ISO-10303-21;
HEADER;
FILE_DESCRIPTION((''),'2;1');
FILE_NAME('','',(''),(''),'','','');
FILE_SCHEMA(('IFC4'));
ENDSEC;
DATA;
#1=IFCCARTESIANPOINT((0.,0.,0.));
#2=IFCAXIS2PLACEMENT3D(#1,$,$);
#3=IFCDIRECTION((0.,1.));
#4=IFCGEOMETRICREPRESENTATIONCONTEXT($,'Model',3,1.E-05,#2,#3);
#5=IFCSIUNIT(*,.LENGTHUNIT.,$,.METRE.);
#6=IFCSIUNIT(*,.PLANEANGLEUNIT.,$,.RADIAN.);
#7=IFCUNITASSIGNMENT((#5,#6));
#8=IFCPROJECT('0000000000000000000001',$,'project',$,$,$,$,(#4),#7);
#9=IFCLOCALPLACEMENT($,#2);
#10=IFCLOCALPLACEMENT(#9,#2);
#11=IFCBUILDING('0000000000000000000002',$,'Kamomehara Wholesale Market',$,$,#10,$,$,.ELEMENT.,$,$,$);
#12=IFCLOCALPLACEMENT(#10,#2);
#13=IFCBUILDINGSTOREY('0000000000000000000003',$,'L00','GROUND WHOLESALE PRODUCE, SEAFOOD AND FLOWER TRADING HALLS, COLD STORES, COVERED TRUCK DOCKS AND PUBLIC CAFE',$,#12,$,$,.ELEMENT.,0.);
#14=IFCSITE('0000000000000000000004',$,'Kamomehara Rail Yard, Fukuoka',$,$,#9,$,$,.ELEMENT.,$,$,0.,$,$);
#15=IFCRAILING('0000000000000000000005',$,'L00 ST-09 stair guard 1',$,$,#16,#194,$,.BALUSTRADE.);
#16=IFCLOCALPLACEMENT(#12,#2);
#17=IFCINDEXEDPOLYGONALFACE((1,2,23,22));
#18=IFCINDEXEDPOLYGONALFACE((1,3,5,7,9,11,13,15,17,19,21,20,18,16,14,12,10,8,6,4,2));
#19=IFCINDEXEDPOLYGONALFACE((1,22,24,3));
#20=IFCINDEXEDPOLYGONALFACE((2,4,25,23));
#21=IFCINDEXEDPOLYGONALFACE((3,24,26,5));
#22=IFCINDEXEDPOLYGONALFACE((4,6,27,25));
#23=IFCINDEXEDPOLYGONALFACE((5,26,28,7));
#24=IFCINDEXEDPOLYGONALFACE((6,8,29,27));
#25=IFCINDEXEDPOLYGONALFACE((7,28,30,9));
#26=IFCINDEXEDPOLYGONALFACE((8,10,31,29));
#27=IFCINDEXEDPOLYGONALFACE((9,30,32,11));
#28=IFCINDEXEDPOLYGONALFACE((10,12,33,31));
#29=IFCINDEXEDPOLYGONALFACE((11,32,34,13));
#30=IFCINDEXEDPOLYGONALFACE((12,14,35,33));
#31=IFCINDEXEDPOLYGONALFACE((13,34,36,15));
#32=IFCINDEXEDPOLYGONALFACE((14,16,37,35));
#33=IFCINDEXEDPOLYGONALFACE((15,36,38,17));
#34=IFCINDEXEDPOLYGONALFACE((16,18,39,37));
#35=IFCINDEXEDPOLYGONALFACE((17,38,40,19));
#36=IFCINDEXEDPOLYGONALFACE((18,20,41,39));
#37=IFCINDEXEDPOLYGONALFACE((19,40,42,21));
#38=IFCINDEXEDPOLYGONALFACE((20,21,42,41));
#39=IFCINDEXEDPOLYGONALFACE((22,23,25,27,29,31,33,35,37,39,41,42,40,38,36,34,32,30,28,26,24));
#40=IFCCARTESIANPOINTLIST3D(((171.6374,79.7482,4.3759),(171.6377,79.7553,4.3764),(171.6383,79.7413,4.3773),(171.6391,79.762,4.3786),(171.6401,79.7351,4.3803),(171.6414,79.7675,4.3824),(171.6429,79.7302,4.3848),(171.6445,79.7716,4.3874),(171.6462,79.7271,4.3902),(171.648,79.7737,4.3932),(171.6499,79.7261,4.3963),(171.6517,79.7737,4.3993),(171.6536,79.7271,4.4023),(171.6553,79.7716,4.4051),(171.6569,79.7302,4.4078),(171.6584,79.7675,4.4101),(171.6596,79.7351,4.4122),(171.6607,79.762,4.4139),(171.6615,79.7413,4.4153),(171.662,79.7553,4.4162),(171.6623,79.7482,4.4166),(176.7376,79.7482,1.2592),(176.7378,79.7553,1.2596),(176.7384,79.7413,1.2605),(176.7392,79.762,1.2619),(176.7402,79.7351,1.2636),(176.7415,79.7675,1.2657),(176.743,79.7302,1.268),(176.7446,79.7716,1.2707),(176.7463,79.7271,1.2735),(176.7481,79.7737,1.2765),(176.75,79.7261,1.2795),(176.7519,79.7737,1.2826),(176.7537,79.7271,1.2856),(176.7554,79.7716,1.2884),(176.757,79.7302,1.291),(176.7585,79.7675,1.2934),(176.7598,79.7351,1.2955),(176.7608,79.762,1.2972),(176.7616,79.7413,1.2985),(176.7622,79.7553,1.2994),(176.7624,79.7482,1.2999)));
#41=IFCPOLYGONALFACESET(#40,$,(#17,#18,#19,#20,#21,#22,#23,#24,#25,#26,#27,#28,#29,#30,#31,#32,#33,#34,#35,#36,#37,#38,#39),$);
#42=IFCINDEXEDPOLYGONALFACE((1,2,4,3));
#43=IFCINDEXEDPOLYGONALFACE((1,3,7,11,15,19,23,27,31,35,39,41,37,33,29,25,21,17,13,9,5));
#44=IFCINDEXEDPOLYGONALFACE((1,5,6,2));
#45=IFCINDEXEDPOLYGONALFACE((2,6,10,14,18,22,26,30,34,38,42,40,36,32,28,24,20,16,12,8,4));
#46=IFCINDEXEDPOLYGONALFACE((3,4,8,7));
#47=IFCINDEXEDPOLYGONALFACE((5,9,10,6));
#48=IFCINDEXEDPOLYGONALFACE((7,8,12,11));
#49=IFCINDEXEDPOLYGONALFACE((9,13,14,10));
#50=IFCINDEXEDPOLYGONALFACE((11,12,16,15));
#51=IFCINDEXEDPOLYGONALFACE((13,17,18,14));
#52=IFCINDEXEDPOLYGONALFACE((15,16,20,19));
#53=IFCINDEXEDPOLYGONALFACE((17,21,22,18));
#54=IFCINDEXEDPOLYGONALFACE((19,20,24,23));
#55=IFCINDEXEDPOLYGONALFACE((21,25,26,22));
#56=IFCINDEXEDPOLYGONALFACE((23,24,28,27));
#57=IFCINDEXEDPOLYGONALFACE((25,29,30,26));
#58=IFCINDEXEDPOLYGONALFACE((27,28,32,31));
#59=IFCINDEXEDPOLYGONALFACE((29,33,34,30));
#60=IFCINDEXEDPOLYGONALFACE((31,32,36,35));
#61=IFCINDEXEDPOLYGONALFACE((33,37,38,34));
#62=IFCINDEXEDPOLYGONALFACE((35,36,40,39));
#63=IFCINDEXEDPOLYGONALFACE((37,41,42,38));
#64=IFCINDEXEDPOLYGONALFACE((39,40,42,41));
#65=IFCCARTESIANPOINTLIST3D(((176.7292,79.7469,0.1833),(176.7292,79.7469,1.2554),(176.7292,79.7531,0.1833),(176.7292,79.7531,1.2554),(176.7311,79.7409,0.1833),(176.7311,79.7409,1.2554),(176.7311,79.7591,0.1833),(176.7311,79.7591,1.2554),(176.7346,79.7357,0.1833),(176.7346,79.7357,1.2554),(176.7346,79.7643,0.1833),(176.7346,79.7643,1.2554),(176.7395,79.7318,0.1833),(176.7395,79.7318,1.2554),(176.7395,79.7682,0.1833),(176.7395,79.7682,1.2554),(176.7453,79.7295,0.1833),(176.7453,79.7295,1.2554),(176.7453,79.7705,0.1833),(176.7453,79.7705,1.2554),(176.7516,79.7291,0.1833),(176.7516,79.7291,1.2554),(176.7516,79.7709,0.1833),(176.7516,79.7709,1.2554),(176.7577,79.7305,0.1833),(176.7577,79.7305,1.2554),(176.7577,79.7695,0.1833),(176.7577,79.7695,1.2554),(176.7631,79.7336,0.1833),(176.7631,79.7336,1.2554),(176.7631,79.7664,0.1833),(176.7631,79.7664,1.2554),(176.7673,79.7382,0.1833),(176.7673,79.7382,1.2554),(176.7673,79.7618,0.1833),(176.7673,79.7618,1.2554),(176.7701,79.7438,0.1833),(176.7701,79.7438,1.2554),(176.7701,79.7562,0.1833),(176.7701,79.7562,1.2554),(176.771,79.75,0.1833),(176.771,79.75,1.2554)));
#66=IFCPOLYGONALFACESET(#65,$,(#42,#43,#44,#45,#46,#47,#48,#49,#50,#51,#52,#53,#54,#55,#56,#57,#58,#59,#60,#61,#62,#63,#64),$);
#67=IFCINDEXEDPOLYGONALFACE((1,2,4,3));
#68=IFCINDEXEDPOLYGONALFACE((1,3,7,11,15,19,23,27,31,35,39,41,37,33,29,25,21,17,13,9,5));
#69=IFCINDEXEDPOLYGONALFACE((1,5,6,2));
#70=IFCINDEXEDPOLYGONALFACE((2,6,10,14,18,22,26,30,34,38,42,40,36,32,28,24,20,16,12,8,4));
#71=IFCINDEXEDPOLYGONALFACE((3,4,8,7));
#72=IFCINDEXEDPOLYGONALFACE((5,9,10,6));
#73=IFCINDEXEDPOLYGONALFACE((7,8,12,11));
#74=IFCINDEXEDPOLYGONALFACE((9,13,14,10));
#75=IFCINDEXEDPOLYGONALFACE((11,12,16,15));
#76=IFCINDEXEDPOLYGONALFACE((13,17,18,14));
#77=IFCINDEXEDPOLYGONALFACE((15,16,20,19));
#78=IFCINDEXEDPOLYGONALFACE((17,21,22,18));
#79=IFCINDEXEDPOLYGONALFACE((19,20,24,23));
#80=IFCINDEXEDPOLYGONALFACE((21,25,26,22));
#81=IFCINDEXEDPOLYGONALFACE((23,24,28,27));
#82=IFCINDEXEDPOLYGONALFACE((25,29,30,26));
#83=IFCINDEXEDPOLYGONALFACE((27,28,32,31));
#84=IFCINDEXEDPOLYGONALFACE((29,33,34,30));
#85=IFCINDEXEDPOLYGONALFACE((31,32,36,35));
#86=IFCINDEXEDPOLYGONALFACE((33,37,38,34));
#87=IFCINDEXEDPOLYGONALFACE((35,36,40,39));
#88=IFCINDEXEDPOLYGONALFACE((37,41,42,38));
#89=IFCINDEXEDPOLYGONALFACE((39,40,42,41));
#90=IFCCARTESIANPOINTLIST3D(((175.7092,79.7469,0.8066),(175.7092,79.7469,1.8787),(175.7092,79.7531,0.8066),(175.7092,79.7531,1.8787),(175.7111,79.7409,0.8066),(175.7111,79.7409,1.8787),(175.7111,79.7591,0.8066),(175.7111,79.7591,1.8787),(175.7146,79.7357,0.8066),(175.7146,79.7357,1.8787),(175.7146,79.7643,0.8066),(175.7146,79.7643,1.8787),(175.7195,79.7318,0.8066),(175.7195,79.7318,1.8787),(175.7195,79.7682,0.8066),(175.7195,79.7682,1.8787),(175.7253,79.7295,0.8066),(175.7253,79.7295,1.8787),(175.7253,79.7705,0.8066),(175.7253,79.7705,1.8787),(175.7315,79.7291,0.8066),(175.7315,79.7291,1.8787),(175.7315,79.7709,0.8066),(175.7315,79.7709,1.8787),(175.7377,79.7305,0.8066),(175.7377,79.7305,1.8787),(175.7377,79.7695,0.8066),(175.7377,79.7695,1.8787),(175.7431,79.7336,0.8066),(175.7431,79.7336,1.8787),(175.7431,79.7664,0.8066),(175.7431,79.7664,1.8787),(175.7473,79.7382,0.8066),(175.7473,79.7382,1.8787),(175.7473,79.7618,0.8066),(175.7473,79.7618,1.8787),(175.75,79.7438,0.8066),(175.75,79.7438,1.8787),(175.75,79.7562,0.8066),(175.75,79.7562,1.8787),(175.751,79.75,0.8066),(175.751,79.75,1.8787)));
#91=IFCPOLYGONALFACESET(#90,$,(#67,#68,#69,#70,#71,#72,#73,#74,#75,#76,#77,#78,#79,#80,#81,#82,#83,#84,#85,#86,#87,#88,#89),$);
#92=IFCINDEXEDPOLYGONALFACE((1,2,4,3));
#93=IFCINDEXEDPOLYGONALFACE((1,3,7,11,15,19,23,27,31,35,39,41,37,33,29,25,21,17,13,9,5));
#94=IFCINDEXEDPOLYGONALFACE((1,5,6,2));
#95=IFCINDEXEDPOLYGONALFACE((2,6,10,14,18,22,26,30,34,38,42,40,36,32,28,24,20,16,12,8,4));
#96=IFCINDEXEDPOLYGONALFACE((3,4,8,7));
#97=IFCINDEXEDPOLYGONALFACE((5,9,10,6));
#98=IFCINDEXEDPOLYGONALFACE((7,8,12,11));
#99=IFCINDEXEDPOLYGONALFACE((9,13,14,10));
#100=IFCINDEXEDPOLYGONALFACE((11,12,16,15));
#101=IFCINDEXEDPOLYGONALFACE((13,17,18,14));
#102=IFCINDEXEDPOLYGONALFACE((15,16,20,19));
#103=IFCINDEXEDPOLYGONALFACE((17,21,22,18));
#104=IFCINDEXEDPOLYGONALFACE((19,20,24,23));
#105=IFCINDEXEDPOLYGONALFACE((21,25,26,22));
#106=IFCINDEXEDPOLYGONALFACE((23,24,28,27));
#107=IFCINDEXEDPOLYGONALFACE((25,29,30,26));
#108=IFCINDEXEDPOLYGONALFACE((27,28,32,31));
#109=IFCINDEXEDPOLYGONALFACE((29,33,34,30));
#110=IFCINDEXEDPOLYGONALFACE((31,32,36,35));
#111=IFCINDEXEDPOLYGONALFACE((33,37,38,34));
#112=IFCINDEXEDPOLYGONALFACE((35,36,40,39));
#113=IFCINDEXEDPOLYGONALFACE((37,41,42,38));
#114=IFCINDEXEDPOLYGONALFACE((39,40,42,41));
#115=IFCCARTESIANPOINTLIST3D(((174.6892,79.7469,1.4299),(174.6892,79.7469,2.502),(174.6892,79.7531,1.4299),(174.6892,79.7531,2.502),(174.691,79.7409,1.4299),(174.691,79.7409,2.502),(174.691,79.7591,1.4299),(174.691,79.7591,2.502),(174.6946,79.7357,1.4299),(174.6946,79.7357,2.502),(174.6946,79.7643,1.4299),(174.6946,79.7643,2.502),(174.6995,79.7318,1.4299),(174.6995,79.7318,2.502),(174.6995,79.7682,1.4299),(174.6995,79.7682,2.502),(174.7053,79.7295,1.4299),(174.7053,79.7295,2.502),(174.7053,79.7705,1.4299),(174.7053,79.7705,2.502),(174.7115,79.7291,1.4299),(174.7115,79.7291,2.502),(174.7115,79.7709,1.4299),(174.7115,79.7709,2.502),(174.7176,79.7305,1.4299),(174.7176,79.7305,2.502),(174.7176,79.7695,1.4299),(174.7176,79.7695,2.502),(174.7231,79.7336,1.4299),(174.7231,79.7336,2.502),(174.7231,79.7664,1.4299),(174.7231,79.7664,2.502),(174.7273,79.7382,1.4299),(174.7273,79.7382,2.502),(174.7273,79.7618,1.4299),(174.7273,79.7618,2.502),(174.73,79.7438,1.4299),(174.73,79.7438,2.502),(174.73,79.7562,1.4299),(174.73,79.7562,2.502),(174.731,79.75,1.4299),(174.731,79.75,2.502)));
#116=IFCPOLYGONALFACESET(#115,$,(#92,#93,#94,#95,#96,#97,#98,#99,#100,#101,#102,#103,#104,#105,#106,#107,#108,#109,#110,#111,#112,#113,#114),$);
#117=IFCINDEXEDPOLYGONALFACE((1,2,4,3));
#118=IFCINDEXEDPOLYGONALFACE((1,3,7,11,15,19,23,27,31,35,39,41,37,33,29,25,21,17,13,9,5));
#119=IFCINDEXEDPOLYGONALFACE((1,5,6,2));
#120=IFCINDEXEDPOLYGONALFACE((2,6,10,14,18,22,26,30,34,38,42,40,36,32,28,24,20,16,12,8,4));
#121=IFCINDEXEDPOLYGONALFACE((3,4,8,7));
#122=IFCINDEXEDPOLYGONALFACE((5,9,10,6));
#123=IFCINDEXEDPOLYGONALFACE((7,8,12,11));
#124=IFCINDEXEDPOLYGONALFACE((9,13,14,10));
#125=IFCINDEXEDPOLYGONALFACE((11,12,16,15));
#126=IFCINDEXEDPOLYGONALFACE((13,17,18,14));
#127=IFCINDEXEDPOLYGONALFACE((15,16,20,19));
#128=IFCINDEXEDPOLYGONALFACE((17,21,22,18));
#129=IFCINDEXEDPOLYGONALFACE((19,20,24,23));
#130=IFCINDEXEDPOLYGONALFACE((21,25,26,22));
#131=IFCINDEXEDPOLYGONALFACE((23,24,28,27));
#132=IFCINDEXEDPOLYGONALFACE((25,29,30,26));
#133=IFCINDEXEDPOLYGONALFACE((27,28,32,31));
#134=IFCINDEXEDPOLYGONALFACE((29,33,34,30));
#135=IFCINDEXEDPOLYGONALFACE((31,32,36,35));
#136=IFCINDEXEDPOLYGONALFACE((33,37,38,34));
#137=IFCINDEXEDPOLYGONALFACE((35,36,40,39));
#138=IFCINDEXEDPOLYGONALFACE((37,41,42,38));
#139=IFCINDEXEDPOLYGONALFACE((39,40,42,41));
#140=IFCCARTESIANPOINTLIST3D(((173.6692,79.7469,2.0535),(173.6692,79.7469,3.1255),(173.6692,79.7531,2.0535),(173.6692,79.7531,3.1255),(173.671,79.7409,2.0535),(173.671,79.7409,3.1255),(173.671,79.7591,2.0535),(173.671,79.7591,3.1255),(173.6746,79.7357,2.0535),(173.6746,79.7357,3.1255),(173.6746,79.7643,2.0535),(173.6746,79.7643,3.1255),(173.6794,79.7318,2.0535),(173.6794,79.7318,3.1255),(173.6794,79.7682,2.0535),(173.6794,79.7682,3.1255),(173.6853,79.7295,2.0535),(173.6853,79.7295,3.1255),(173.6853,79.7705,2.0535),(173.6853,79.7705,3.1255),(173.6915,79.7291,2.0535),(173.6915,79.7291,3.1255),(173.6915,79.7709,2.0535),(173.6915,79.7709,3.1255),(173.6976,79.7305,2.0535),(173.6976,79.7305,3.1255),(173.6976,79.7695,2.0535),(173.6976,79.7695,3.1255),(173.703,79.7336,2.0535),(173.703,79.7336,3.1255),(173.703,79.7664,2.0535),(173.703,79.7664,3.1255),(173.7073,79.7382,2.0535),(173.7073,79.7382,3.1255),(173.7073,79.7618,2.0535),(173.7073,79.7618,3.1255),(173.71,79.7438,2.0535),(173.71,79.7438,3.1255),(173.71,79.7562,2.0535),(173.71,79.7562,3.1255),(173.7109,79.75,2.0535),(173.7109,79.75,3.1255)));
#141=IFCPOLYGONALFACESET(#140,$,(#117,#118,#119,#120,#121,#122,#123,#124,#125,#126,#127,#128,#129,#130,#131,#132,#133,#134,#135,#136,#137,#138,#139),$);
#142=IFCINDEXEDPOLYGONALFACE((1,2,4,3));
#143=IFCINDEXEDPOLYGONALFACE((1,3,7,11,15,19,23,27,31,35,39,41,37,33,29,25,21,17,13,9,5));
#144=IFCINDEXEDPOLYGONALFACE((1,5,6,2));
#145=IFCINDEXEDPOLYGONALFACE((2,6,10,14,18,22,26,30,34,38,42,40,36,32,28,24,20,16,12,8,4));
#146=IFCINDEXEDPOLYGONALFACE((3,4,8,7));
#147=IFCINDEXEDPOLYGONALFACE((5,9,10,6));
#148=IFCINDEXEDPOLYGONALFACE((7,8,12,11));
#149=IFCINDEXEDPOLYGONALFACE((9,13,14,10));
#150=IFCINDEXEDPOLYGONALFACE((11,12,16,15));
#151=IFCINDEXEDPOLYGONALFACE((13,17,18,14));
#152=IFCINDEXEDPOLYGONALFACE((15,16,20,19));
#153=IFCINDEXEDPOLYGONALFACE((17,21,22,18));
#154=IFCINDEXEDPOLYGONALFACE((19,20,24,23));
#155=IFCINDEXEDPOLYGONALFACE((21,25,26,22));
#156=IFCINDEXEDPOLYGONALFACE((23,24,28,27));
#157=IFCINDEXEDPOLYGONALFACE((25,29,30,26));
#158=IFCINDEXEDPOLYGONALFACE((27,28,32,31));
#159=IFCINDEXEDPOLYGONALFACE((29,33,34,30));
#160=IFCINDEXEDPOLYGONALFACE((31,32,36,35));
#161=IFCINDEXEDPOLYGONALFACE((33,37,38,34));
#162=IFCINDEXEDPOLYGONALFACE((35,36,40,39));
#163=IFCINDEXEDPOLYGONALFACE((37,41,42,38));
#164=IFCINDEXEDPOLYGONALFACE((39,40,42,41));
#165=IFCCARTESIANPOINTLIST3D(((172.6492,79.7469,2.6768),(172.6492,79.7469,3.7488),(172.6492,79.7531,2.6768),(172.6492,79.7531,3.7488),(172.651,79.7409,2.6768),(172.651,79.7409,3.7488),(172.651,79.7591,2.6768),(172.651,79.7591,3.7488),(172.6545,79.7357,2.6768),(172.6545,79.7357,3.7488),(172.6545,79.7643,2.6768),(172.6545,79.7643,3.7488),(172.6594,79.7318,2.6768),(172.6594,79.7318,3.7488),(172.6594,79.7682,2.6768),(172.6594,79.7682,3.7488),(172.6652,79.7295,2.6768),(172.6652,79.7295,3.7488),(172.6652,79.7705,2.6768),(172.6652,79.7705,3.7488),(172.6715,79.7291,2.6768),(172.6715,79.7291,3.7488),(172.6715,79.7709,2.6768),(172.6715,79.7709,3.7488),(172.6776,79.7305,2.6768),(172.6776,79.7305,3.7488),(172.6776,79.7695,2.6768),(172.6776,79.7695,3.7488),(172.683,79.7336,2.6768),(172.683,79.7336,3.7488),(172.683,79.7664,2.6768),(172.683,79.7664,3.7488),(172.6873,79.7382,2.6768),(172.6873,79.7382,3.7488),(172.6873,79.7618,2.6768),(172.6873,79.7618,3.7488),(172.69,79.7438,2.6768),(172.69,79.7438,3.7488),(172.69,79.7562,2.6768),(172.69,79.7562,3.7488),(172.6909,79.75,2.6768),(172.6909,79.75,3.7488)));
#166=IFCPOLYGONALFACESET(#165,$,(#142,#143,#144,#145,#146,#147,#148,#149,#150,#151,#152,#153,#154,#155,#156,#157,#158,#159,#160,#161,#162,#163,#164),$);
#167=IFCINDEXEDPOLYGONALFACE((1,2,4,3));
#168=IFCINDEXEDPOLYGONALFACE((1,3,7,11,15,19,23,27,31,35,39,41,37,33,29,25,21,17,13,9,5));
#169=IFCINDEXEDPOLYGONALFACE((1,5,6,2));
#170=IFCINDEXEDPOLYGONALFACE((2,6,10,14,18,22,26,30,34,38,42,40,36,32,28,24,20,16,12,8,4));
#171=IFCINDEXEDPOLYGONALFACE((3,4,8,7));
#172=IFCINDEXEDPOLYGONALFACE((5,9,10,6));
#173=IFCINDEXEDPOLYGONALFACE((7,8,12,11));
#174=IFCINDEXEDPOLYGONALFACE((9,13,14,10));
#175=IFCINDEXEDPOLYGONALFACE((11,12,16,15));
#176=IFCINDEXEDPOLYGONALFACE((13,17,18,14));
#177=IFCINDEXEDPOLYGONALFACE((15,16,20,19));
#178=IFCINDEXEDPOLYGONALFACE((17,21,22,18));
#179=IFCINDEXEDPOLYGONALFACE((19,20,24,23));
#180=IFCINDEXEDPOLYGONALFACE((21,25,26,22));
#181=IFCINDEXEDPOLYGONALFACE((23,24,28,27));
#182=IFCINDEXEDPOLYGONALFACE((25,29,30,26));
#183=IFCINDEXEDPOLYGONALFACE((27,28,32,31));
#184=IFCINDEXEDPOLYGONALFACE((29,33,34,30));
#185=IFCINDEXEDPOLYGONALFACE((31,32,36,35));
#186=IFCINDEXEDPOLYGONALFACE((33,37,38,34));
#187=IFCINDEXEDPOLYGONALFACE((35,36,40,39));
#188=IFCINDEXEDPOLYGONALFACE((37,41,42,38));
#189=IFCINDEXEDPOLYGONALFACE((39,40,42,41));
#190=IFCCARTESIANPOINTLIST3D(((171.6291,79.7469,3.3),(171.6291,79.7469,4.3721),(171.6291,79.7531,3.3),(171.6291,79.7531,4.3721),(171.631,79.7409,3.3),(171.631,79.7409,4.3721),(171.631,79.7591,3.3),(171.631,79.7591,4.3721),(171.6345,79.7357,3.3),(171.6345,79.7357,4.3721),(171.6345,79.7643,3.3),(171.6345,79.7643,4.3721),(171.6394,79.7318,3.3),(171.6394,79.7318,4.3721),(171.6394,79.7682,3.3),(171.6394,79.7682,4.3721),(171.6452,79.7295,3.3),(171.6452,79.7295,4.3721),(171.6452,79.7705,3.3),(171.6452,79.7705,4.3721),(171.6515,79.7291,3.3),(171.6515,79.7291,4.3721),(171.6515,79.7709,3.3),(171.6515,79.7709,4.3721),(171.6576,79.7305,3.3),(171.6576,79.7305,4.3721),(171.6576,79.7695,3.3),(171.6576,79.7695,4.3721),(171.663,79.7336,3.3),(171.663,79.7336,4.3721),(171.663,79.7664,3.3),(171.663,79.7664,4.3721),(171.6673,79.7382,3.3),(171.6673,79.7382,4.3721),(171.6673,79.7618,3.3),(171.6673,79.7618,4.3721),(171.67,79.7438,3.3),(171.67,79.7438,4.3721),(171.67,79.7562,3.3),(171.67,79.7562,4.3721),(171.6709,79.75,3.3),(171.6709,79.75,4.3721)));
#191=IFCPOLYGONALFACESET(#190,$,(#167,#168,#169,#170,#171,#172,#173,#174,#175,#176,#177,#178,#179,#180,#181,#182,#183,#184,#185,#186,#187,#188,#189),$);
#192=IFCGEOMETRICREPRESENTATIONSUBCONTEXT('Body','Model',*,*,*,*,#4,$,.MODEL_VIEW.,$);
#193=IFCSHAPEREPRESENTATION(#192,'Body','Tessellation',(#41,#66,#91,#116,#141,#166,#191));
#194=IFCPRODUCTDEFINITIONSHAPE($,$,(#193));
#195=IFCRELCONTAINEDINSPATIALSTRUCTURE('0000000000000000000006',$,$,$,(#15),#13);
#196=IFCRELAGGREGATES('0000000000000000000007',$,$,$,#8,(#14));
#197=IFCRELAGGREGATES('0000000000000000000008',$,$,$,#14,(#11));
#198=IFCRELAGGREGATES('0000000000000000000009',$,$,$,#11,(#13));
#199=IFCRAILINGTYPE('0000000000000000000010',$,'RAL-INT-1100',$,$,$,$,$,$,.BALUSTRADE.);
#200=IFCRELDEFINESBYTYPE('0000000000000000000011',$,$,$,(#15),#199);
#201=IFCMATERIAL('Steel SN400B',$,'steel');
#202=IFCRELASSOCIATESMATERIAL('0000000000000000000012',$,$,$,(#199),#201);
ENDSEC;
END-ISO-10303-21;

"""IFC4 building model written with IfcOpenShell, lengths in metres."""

from ifc_helpers import new_model, si_unit, direction, frame, origin, origin_2d, place, context, subcontext, project, spatial, circle, extrude, material, type_object, element, save


model = new_model("IFC4")

# Units and contexts
model_context = context("Model", 3, precision=1e-05, world=origin(), true_north=direction((0.0, 1.0)))
body_context = subcontext(model_context, "Body", "Model", "MODEL_VIEW")
ifc_project = project(units=[si_unit("LENGTHUNIT", "METRE"), si_unit("PLANEANGLEUNIT", "RADIAN")], contexts=[model_context])

# Site, building, storey
site_placement = place(None, origin())
site = spatial("IfcSite", under=ifc_project, at=site_placement, Name="Kamomehara Rail Yard, Fukuoka", CompositionType="ELEMENT", RefElevation=0.0)
building_placement = place(site_placement, origin())
building = spatial("IfcBuilding", under=site, at=building_placement, Name="Kamomehara Wholesale Market", CompositionType="ELEMENT")
storey_placement = place(building_placement, origin())
storey = spatial("IfcBuildingStorey", under=building, at=storey_placement, Name="L00", Description="GROUND WHOLESALE PRODUCE, SEAFOOD AND FLOWER TRADING HALLS, COLD STORES, COVERED TRUCK DOCKS AND PUBLIC CAFE", CompositionType="ELEMENT", Elevation=0.0)

# Railing
ifc_material_1 = material(Name="Steel SN400B", Category="steel")
railing_type_1 = type_object("IfcRailingType", Name="RAL-INT-1100", PredefinedType="BALUSTRADE", material=ifc_material_1)
railing_1_placement = place(storey_placement, frame((176.75, 79.75, 0.1833)))
element("IfcRailing", 1, at=railing_1_placement, inside=storey, type_object=railing_type_1, Name="L00 ST-09 stair guard 1", PredefinedType="BALUSTRADE", context=body_context, shape_type="SweptSolid", body=[
    extrude(circle(Radius=0.0239, at=origin_2d()), frame((0.0, 0.0, 1.0962), z_axis=(-0.853284, 0.0, 0.521447), x_axis=(0.0, -1.0, 0.0)), (0.0, 0.0, 1.0), 5.9771),
    extrude(circle(Radius=0.021, at=origin_2d()), origin(), (0.0, 0.0, 1.0), 1.072),
    extrude(circle(Radius=0.021, at=origin_2d()), frame((-1.02, 0.0, 0.6233)), (0.0, 0.0, 1.0), 1.072),
    extrude(circle(Radius=0.021, at=origin_2d()), frame((-2.04, 0.0, 1.2466)), (0.0, 0.0, 1.0), 1.072),
    extrude(circle(Radius=0.021, at=origin_2d()), frame((-3.0601, 0.0, 1.8701)), (0.0, 0.0, 1.0), 1.072),
    extrude(circle(Radius=0.021, at=origin_2d()), frame((-4.0801, 0.0, 2.4934)), (0.0, 0.0, 1.0), 1.072),
    extrude(circle(Radius=0.021, at=origin_2d()), frame((-5.1001, 0.0, 3.1167)), (0.0, 0.0, 1.0), 1.072),
])

save(model, "model.ifc")
